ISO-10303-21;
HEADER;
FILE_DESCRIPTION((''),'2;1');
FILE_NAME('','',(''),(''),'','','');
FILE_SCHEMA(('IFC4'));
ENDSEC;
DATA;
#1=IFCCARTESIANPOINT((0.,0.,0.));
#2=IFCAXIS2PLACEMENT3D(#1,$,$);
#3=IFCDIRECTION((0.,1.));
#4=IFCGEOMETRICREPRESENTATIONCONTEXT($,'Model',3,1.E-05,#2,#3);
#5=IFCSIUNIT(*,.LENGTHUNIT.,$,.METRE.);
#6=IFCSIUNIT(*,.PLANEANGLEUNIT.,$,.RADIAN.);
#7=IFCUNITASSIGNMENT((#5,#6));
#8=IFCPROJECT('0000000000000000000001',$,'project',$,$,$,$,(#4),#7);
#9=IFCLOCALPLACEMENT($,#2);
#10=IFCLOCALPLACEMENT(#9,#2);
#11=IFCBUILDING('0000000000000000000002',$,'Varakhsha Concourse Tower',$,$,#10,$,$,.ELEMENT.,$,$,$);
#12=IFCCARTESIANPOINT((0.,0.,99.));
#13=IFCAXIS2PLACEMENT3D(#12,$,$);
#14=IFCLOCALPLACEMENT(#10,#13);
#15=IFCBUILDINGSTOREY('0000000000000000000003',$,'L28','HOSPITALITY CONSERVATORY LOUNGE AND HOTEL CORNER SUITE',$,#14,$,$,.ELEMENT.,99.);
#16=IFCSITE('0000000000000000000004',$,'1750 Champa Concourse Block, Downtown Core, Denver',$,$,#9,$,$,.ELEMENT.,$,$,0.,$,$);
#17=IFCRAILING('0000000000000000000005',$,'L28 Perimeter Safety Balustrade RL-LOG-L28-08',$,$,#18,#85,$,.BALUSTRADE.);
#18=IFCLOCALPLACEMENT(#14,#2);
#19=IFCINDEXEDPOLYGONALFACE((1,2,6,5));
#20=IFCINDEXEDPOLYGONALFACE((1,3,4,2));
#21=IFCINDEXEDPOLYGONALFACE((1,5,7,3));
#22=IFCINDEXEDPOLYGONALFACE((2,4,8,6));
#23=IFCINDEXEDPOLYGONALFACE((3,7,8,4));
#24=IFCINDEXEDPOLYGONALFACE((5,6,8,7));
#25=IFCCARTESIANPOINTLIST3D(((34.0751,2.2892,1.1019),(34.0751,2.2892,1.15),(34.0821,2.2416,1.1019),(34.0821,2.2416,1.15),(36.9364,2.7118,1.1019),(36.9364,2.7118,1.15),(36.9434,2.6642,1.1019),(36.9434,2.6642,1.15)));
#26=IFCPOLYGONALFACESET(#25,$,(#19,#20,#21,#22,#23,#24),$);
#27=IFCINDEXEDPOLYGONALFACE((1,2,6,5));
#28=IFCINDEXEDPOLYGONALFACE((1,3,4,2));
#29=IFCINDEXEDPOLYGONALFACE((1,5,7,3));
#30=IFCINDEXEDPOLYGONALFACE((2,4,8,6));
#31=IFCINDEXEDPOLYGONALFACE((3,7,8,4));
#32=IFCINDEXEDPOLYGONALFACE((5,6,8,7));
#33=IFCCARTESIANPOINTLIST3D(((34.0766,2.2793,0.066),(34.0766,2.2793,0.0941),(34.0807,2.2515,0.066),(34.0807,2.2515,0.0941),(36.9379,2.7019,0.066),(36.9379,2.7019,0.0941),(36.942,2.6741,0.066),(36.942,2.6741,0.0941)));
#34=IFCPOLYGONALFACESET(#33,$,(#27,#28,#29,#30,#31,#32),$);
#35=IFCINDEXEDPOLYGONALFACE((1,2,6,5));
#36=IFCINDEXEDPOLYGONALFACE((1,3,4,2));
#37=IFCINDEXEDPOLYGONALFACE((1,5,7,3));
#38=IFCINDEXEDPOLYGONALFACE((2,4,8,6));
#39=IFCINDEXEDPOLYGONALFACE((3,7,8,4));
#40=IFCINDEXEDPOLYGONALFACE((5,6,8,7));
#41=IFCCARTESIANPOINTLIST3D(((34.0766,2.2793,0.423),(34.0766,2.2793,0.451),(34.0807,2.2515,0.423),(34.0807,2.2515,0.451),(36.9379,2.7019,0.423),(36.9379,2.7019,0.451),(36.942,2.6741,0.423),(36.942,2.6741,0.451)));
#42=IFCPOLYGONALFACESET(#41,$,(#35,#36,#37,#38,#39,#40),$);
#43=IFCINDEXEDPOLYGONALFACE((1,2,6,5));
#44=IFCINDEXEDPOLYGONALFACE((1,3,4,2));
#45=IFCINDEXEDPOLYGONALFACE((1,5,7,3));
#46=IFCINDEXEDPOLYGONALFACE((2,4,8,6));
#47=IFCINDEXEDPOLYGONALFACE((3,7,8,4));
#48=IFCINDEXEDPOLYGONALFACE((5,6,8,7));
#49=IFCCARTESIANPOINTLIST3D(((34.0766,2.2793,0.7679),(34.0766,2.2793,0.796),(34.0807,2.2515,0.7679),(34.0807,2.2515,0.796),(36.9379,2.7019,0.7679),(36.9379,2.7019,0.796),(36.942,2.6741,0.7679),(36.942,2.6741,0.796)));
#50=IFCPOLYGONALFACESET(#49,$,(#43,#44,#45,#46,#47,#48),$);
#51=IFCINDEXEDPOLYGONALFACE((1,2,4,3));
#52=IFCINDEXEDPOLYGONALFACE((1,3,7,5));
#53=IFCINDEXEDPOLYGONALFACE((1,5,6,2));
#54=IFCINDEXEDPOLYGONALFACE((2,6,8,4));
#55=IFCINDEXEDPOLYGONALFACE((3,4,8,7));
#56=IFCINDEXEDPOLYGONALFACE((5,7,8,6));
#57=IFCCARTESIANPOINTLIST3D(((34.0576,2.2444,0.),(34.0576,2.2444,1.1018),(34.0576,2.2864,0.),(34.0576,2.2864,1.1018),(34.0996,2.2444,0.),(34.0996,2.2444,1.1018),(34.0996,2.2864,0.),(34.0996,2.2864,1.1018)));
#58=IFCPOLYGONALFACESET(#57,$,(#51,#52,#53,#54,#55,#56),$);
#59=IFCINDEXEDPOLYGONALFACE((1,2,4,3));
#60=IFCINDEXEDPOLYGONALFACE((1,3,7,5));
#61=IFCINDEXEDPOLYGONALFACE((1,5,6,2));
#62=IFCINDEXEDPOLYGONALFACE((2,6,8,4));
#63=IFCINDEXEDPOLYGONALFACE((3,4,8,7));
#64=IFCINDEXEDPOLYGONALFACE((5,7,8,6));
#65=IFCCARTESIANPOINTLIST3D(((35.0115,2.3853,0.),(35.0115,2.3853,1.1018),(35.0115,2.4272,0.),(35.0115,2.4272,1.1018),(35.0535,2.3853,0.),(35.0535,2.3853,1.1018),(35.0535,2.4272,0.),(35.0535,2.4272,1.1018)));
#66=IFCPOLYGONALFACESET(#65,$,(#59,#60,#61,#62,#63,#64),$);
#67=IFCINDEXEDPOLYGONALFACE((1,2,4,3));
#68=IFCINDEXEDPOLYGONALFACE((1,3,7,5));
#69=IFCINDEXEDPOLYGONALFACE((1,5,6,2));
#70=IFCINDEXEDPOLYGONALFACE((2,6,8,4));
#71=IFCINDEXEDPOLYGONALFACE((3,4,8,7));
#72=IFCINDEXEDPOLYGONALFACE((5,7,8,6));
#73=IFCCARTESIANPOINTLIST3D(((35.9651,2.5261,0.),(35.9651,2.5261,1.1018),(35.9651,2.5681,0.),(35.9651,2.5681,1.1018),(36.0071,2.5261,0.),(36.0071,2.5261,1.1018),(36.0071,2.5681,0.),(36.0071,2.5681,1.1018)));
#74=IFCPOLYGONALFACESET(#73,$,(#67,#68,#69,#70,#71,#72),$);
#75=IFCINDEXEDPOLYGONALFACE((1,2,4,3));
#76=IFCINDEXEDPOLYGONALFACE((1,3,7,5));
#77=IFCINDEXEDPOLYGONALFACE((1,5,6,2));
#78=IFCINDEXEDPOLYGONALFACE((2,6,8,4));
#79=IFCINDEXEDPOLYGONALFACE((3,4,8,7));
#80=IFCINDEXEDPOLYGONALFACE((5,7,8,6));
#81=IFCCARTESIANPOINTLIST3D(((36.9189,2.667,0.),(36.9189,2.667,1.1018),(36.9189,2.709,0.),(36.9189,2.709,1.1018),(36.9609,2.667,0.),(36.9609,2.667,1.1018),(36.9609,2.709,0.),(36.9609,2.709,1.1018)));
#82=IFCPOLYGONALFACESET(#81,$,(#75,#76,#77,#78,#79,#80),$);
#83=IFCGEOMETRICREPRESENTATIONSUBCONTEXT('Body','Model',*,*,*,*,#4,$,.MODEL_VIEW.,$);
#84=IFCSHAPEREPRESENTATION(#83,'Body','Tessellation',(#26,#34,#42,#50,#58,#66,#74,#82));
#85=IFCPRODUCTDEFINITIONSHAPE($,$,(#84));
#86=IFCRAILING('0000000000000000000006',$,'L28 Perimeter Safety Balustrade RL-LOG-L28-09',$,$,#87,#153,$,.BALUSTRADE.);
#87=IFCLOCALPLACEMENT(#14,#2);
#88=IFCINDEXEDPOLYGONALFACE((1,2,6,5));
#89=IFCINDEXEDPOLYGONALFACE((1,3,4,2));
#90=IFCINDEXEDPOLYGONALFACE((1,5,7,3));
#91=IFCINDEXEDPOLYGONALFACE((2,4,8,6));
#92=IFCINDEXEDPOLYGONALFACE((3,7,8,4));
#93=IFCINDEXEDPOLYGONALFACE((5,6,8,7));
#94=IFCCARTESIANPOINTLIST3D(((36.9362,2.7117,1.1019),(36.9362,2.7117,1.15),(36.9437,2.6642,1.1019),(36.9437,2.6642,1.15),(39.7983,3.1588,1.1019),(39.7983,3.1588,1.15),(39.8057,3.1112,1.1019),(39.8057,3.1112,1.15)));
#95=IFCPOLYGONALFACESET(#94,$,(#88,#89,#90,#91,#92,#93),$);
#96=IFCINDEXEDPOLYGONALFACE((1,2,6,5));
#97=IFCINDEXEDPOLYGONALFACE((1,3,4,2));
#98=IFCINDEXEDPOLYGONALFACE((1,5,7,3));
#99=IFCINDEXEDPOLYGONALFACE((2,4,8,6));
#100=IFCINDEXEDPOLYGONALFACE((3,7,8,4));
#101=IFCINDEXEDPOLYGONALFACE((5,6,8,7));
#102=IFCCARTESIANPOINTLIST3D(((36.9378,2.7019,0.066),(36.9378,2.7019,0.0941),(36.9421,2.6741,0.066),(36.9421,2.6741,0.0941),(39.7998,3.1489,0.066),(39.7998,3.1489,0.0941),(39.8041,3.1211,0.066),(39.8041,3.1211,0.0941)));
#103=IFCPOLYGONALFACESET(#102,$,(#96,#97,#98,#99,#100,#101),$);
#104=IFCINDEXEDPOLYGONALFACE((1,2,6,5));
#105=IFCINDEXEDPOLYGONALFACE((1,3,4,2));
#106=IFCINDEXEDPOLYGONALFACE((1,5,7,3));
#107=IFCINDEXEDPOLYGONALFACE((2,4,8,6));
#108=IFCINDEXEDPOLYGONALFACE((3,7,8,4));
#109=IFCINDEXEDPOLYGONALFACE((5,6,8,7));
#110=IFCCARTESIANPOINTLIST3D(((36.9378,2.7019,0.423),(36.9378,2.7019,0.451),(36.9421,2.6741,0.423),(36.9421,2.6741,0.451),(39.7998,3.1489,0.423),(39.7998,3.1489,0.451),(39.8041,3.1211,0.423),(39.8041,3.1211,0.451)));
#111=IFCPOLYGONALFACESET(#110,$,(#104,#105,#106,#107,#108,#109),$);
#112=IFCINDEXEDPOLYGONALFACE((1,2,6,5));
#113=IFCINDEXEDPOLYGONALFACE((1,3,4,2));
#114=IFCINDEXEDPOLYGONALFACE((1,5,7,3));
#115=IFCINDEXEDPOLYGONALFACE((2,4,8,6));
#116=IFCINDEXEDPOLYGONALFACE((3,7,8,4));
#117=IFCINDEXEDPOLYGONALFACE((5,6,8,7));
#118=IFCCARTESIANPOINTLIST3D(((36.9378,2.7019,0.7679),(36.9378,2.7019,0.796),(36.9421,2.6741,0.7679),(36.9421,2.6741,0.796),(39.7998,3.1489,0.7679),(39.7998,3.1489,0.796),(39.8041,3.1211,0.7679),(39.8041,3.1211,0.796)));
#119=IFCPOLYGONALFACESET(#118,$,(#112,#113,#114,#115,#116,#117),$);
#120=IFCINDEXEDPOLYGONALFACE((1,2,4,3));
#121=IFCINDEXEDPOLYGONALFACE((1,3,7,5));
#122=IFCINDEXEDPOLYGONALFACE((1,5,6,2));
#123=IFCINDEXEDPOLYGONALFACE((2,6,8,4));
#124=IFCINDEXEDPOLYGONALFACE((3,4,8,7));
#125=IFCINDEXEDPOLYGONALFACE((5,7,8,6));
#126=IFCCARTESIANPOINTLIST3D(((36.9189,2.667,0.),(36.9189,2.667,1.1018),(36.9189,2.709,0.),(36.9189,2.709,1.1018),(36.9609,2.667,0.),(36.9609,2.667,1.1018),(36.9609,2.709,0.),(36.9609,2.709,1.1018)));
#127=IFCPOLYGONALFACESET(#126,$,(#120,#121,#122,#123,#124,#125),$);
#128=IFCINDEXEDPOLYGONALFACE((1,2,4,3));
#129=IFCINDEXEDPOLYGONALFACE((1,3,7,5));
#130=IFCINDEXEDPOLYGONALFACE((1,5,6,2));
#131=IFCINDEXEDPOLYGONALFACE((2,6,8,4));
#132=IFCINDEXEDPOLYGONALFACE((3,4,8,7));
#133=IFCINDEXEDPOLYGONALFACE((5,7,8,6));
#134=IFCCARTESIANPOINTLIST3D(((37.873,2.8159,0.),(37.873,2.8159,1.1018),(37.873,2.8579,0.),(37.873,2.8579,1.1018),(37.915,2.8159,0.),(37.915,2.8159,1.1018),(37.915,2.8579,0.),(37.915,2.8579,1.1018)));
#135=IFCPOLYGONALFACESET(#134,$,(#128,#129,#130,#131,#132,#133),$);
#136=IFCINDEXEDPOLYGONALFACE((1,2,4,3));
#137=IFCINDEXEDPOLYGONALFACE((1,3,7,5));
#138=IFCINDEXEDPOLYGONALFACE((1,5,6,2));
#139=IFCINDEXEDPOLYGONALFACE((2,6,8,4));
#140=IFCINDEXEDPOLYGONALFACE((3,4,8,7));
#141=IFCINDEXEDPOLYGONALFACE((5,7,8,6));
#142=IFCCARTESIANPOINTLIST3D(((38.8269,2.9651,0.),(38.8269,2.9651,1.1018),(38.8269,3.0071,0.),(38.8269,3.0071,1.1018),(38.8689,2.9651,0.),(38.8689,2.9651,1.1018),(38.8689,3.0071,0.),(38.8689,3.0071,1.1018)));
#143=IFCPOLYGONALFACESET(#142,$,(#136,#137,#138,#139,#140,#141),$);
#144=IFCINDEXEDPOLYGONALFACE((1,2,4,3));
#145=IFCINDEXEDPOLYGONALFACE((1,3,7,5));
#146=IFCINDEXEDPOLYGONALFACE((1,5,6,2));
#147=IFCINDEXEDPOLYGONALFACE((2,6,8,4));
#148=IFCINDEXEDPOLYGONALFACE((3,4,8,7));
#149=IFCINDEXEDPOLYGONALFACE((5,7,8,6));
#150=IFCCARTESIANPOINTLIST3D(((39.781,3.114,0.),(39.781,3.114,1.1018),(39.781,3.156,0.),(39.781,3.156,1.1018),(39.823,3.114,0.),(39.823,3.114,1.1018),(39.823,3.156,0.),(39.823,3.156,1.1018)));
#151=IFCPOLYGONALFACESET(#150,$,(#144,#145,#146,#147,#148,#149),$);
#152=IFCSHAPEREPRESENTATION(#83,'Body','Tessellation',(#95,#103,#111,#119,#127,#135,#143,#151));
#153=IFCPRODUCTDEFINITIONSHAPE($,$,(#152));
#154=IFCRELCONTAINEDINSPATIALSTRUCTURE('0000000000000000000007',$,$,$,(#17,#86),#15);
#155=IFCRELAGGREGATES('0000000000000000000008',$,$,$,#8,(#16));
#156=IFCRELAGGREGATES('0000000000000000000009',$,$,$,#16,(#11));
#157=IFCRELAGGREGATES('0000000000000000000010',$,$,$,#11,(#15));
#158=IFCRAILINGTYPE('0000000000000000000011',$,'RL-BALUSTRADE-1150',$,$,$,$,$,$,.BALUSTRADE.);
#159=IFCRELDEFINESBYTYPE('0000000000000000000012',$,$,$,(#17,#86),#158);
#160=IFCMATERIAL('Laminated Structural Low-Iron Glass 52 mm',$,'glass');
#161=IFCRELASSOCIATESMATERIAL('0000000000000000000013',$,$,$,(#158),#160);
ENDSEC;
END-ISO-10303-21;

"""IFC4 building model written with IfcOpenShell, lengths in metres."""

from ifc_helpers import new_model, si_unit, direction, frame, origin, origin_2d, place, context, subcontext, project, spatial, rectangle, extrude, material, type_object, element, save


model = new_model("IFC4")

# Units and contexts
model_context = context("Model", 3, precision=1e-05, world=origin(), true_north=direction((0.0, 1.0)))
body_context = subcontext(model_context, "Body", "Model", "MODEL_VIEW")
ifc_project = project(units=[si_unit("LENGTHUNIT", "METRE"), si_unit("PLANEANGLEUNIT", "RADIAN")], contexts=[model_context])

# Site, building, storey
site_placement = place(None, origin())
site = spatial("IfcSite", under=ifc_project, at=site_placement, Name="1750 Champa Concourse Block, Downtown Core, Denver", CompositionType="ELEMENT", RefElevation=0.0)
building_placement = place(site_placement, origin())
building = spatial("IfcBuilding", under=site, at=building_placement, Name="Varakhsha Concourse Tower", CompositionType="ELEMENT")
storey_placement = place(building_placement, frame((0.0, 0.0, 99.0)))
storey = spatial("IfcBuildingStorey", under=building, at=storey_placement, Name="L28", Description="HOSPITALITY CONSERVATORY LOUNGE AND HOTEL CORNER SUITE", CompositionType="ELEMENT", Elevation=99.0)

# Railings
ifc_material_1 = material(Name="Laminated Structural Low-Iron Glass 52 mm", Category="glass")
railing_type = type_object("IfcRailingType", Name="RL-BALUSTRADE-1150", PredefinedType="BALUSTRADE", material=ifc_material_1)
railing_1_placement = place(storey_placement, frame((34.0786, 2.2654, 0.0)))
element("IfcRailing", 1, at=railing_1_placement, inside=storey, type_object=railing_type, Name="L28 Perimeter Safety Balustrade RL-LOG-L28-08", PredefinedType="BALUSTRADE", context=body_context, shape_type="SweptSolid", body=[
    extrude(rectangle(XDim=0.0481, YDim=0.0481, at=origin_2d()), frame((0.0, 0.0, 1.126), z_axis=(0.989268, 0.146111, 0.0), x_axis=(-0.146111, 0.989268, 0.0)), (0.0, 0.0, 1.0), 2.8923),
    extrude(rectangle(XDim=0.0281, YDim=0.0281, at=origin_2d()), frame((0.0, 0.0, 0.0801), z_axis=(0.989268, 0.146111, 0.0), x_axis=(-0.146111, 0.989268, 0.0)), (0.0, 0.0, 1.0), 2.8923),
    extrude(rectangle(XDim=0.0281, YDim=0.0281, at=origin_2d()), frame((0.0, 0.0, 0.437), z_axis=(0.989268, 0.146111, 0.0), x_axis=(-0.146111, 0.989268, 0.0)), (0.0, 0.0, 1.0), 2.8923),
    extrude(rectangle(XDim=0.0281, YDim=0.0281, at=origin_2d()), frame((0.0, 0.0, 0.782), z_axis=(0.989268, 0.146111, 0.0), x_axis=(-0.146111, 0.989268, 0.0)), (0.0, 0.0, 1.0), 2.8923),
    extrude(rectangle(XDim=0.042, YDim=0.042, at=origin_2d()), origin(), (0.0, 0.0, 1.0), 1.1018),
    extrude(rectangle(XDim=0.042, YDim=0.042, at=origin_2d()), frame((0.9539, 0.1409, 0.0)), (0.0, 0.0, 1.0), 1.1018),
    extrude(rectangle(XDim=0.042, YDim=0.042, at=origin_2d()), frame((1.9075, 0.2817, 0.0)), (0.0, 0.0, 1.0), 1.1018),
    extrude(rectangle(XDim=0.042, YDim=0.042, at=origin_2d()), frame((2.8613, 0.4226, 0.0)), (0.0, 0.0, 1.0), 1.1018),
])
railing_2_placement = place(storey_placement, frame((36.9399, 2.688, 0.0)))
element("IfcRailing", 2, at=railing_2_placement, inside=storey, type_object=railing_type, Name="L28 Perimeter Safety Balustrade RL-LOG-L28-09", PredefinedType="BALUSTRADE", context=body_context, shape_type="SweptSolid", body=[
    extrude(rectangle(XDim=0.0481, YDim=0.0481, at=origin_2d()), frame((0.0, 0.0, 1.126), z_axis=(0.988021, 0.154318, 0.0), x_axis=(-0.154318, 0.988021, 0.0)), (0.0, 0.0, 1.0), 2.8967),
    extrude(rectangle(XDim=0.0281, YDim=0.0281, at=origin_2d()), frame((0.0, 0.0, 0.0801), z_axis=(0.988021, 0.154318, 0.0), x_axis=(-0.154318, 0.988021, 0.0)), (0.0, 0.0, 1.0), 2.8967),
    extrude(rectangle(XDim=0.0281, YDim=0.0281, at=origin_2d()), frame((0.0, 0.0, 0.437), z_axis=(0.988021, 0.154318, 0.0), x_axis=(-0.154318, 0.988021, 0.0)), (0.0, 0.0, 1.0), 2.8967),
    extrude(rectangle(XDim=0.0281, YDim=0.0281, at=origin_2d()), frame((0.0, 0.0, 0.782), z_axis=(0.988021, 0.154318, 0.0), x_axis=(-0.154318, 0.988021, 0.0)), (0.0, 0.0, 1.0), 2.8967),
    extrude(rectangle(XDim=0.042, YDim=0.042, at=origin_2d()), origin(), (0.0, 0.0, 1.0), 1.1018),
    extrude(rectangle(XDim=0.042, YDim=0.042, at=origin_2d()), frame((0.9541, 0.1489, 0.0)), (0.0, 0.0, 1.0), 1.1018),
    extrude(rectangle(XDim=0.042, YDim=0.042, at=origin_2d()), frame((1.908, 0.2981, 0.0)), (0.0, 0.0, 1.0), 1.1018),
    extrude(rectangle(XDim=0.042, YDim=0.042, at=origin_2d()), frame((2.8621, 0.447, 0.0)), (0.0, 0.0, 1.0), 1.1018),
])

save(model, "model.ifc")
